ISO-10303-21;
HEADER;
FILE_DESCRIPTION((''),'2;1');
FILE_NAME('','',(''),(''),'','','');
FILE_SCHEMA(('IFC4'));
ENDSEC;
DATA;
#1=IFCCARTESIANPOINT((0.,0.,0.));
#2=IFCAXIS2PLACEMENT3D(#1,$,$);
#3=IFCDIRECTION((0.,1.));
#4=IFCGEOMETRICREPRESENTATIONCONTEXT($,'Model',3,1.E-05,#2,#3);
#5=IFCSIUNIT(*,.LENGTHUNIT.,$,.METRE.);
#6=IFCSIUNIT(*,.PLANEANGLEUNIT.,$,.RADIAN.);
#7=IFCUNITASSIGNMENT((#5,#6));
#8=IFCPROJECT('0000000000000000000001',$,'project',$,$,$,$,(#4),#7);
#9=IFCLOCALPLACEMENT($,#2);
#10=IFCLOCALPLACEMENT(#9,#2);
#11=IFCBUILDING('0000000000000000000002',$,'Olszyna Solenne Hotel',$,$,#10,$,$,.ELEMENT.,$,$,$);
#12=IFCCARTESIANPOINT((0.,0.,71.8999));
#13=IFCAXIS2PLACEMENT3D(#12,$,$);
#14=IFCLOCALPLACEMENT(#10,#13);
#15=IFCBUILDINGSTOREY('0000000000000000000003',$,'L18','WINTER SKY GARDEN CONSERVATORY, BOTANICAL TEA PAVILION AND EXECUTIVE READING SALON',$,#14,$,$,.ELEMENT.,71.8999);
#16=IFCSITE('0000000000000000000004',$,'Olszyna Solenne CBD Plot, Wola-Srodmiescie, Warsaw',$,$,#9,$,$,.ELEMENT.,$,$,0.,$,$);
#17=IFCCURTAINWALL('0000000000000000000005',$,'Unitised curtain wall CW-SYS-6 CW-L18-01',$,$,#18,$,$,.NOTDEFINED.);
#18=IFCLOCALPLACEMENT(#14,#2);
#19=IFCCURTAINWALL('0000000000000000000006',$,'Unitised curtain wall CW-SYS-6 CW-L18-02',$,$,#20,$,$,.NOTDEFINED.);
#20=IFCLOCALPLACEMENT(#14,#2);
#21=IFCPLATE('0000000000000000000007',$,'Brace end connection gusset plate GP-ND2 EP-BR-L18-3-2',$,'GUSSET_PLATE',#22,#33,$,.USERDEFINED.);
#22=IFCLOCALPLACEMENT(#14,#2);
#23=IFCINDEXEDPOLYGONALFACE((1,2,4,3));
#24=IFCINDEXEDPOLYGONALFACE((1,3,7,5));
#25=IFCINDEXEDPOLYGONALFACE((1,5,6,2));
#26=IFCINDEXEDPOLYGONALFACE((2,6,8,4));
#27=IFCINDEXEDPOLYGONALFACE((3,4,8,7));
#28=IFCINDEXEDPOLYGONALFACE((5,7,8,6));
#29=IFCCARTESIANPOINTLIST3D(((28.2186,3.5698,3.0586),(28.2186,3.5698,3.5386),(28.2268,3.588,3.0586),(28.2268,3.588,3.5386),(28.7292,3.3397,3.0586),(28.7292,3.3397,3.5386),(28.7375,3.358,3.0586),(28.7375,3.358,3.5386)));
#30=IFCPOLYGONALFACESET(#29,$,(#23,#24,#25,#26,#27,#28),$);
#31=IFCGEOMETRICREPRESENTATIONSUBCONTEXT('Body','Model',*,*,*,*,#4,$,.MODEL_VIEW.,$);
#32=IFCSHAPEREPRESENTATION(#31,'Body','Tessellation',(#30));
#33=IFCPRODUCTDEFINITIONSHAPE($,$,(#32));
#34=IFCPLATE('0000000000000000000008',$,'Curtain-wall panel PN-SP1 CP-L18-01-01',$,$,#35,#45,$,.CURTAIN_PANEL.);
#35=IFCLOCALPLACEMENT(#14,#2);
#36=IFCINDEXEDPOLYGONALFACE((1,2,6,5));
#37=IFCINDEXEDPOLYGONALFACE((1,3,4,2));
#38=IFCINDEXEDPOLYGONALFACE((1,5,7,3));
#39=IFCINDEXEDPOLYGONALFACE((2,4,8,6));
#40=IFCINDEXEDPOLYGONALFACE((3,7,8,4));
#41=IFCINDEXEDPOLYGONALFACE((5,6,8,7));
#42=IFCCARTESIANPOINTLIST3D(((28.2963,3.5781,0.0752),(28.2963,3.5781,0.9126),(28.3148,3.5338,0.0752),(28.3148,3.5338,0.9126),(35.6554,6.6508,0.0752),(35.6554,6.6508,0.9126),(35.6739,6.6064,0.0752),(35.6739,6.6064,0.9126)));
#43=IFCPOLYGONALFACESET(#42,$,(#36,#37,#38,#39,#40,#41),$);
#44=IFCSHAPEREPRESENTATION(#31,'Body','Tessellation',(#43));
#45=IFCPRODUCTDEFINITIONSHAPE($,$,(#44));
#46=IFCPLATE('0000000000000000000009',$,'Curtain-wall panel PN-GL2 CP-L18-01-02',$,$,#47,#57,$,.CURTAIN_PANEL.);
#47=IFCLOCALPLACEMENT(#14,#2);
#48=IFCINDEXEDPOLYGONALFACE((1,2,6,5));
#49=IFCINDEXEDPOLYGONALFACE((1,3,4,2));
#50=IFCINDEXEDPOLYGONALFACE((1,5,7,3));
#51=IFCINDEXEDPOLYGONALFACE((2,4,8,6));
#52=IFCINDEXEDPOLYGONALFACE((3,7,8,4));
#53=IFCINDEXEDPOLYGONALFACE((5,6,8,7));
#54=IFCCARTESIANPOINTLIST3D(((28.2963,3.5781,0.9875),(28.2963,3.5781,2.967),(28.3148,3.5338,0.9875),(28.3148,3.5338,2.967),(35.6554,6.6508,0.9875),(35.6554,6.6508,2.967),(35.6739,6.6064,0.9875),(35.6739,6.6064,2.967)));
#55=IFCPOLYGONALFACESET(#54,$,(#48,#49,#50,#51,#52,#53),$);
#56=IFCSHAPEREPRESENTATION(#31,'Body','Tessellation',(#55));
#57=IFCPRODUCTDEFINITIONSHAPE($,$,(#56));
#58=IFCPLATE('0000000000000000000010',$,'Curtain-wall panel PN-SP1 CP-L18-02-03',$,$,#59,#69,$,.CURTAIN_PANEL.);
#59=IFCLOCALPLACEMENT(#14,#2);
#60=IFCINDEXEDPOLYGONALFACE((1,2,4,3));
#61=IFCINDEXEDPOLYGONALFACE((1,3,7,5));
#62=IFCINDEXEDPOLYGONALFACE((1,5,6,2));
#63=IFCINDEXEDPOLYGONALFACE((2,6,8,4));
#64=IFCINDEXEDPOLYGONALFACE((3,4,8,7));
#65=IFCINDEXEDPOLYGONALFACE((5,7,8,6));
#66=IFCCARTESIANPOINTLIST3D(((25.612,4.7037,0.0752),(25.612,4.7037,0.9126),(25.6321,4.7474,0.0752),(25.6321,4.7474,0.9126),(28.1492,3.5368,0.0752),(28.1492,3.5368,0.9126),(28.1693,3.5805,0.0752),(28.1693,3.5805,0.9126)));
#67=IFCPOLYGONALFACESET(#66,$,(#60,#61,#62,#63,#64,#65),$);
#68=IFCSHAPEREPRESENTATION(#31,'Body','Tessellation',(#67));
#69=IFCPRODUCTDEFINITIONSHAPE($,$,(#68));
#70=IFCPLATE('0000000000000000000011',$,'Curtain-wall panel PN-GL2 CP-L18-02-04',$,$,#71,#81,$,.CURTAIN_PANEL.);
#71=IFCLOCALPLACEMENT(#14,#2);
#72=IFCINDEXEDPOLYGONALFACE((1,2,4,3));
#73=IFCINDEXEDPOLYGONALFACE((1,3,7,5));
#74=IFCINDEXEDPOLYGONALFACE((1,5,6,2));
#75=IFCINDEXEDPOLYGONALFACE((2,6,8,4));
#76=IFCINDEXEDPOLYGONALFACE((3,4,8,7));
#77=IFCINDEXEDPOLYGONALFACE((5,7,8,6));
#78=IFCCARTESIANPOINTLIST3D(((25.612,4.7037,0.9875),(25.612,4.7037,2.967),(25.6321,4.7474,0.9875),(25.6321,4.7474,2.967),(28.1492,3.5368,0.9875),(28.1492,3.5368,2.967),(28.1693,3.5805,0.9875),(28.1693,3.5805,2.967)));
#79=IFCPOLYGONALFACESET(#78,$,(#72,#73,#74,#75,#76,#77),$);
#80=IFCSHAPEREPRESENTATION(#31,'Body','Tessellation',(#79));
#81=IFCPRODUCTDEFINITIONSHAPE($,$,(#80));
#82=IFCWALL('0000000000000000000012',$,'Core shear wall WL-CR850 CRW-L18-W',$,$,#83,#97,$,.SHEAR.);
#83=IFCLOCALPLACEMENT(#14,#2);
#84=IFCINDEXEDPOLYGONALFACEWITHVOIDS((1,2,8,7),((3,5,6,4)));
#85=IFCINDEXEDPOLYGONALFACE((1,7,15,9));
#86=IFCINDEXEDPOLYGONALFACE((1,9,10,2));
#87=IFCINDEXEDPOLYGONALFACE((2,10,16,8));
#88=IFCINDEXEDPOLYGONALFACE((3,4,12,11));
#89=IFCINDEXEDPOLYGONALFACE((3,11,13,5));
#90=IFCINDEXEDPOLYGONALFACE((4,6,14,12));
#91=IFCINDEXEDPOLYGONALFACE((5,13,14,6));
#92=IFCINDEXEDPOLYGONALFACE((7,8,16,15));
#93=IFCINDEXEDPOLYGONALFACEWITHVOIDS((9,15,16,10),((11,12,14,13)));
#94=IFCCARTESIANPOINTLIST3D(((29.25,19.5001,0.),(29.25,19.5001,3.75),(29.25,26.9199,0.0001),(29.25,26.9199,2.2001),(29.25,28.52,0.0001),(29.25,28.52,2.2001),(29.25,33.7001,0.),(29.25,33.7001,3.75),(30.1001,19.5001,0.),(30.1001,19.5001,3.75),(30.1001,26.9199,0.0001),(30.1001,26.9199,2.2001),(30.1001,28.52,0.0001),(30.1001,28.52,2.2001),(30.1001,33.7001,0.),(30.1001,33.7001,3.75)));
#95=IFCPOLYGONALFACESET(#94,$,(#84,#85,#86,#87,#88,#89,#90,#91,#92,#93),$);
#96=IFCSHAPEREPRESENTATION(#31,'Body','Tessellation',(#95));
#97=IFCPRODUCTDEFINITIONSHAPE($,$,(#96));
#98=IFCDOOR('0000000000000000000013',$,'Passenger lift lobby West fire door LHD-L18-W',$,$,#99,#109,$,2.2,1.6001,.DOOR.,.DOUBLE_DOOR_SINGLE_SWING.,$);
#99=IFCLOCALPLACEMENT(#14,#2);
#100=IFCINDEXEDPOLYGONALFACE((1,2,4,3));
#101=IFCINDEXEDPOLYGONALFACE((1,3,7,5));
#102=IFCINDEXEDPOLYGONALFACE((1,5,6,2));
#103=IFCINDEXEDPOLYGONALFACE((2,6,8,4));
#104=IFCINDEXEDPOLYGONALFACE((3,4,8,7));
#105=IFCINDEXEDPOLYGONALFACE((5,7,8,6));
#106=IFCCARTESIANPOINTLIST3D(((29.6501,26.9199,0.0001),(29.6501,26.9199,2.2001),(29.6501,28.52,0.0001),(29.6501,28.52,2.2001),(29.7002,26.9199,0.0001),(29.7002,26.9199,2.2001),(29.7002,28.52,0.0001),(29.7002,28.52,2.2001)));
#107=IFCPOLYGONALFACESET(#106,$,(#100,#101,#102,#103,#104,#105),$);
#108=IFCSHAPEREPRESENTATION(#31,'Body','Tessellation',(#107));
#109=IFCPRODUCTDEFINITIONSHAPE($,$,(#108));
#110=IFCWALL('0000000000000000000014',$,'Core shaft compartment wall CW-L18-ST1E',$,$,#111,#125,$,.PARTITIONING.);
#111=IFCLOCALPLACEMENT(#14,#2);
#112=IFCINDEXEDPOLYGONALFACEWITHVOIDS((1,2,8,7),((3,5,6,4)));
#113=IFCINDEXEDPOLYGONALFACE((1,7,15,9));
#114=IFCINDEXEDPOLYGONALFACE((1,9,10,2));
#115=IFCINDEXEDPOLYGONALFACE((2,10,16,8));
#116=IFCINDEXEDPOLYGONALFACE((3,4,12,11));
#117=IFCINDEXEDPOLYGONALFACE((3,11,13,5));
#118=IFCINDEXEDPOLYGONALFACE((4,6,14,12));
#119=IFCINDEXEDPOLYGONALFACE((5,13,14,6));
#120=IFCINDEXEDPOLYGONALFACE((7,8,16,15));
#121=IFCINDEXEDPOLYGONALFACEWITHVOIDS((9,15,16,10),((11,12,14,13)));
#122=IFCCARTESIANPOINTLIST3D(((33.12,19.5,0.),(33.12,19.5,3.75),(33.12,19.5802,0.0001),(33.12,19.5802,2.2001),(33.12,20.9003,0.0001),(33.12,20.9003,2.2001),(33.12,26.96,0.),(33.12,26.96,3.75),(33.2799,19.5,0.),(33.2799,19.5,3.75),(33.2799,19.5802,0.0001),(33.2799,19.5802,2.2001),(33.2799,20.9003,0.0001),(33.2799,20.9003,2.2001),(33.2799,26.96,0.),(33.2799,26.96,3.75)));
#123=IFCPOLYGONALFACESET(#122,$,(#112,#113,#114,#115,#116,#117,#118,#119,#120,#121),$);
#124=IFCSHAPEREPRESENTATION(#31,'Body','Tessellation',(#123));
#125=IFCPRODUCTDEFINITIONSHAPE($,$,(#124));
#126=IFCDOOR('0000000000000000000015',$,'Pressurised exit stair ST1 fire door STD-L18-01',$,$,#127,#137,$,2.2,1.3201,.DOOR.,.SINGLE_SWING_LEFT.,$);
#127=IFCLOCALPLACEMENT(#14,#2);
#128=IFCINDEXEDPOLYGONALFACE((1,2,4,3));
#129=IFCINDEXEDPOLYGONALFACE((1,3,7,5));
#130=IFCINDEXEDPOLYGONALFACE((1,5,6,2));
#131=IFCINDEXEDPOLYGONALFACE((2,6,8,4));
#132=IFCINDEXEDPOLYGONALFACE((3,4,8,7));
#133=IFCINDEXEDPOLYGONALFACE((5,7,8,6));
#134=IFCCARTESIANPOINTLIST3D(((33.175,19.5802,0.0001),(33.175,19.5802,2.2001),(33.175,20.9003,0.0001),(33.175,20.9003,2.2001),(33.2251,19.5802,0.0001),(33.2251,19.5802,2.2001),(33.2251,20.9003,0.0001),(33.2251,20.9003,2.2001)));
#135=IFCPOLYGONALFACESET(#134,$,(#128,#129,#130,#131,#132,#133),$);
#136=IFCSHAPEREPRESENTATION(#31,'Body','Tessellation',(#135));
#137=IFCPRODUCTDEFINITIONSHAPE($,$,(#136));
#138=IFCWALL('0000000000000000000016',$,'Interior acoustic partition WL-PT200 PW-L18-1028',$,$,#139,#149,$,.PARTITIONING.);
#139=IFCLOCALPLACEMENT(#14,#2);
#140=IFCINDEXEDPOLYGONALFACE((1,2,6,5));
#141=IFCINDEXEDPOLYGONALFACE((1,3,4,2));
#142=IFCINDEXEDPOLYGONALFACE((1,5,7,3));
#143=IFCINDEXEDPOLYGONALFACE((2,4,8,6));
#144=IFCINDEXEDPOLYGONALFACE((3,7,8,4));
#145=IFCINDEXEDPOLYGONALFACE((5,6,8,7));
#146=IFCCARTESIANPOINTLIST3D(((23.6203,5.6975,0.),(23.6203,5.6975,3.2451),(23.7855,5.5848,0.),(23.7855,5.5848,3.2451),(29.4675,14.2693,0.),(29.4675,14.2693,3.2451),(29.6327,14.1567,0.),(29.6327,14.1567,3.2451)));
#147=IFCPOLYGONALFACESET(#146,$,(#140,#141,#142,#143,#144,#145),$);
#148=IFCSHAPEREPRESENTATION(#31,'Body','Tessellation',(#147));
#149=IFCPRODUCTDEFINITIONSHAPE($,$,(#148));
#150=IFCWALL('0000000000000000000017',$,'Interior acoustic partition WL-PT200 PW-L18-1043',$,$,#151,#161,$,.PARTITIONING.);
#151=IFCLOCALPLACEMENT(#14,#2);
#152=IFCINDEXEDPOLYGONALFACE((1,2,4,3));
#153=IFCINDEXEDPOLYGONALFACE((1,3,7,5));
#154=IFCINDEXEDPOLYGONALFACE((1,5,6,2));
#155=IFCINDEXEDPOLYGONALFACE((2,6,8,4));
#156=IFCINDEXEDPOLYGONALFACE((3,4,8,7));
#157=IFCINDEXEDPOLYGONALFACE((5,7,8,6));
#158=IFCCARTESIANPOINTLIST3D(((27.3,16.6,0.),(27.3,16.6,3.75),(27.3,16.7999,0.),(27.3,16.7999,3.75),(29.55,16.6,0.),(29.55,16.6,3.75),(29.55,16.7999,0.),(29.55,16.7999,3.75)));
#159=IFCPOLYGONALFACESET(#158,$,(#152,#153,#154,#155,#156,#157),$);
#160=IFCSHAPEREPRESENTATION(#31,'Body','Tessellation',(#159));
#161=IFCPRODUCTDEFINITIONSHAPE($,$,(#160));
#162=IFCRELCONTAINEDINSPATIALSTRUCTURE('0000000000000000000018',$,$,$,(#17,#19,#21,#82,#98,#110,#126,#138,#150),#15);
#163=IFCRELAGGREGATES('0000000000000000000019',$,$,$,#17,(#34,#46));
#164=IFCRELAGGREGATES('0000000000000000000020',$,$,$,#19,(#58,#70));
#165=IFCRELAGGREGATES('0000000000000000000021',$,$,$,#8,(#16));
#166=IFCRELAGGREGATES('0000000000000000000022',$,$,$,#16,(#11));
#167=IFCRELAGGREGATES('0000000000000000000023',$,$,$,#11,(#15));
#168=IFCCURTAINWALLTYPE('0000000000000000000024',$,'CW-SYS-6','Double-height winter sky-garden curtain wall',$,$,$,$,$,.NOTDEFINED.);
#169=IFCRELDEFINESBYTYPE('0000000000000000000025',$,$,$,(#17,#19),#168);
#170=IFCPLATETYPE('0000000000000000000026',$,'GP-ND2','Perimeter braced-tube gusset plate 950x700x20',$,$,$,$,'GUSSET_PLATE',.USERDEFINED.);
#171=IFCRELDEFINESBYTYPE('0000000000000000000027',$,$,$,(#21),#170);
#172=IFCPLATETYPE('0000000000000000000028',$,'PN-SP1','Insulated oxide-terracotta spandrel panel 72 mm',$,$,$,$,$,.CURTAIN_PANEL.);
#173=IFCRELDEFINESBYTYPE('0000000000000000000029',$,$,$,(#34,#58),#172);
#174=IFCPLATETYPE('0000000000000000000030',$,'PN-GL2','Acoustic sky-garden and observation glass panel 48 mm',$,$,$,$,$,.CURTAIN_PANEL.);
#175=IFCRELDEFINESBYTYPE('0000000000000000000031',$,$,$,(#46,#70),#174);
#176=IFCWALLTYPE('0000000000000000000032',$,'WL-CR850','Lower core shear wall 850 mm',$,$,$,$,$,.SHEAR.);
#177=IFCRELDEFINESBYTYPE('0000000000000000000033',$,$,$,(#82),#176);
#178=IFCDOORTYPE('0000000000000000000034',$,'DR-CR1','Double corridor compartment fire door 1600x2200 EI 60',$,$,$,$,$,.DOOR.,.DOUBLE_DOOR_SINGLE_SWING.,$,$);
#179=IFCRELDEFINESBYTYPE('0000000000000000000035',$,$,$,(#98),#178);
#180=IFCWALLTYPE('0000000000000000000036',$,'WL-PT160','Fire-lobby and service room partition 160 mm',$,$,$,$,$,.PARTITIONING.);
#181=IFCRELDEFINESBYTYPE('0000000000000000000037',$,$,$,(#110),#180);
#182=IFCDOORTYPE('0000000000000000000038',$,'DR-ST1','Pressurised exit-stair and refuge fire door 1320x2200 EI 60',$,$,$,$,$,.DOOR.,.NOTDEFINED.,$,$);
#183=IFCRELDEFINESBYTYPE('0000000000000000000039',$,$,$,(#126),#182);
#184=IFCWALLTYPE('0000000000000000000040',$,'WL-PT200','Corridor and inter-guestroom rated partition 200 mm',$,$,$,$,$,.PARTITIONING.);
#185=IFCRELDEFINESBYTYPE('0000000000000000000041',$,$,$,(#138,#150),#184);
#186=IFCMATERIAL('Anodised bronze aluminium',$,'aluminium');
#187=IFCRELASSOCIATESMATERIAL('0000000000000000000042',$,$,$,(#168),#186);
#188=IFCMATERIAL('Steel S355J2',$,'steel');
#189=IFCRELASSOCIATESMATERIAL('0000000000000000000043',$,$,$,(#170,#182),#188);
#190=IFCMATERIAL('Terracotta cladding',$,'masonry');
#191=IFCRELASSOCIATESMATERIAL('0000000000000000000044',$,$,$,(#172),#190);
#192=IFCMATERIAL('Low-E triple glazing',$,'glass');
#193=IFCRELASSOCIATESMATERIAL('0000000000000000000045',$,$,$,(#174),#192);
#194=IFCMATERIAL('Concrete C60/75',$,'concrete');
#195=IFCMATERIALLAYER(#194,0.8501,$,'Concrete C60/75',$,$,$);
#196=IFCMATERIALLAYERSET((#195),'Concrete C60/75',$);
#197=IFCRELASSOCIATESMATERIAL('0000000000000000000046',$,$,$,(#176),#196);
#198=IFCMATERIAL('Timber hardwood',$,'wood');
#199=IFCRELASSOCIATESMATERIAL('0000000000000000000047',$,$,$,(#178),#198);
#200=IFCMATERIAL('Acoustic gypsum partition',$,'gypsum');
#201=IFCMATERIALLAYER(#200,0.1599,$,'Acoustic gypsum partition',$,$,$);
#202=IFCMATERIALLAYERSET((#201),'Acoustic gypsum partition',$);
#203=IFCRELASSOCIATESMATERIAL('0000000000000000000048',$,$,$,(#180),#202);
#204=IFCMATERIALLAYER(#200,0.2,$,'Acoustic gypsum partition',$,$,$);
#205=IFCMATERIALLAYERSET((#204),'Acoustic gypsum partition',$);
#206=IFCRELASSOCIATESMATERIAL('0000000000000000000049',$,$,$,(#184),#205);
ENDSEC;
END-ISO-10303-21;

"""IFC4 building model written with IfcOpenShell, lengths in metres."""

from ifc_helpers import new_model, si_unit, direction, frame, frame_2d, origin, origin_2d, place, context, subcontext, project, spatial, rectangle, extrude, source, transform, mapped, material, layer, layer_set, type_object, type_shapes, element, fill, aggregate, save


model = new_model("IFC4")

# Units and contexts
model_context = context("Model", 3, precision=1e-05, world=origin(), true_north=direction((0.0, 1.0)))
body_context = subcontext(model_context, "Body", "Model", "MODEL_VIEW")
ifc_project = project(units=[si_unit("LENGTHUNIT", "METRE"), si_unit("PLANEANGLEUNIT", "RADIAN")], contexts=[model_context])

# Site, building, storey
site_placement = place(None, origin())
site = spatial("IfcSite", under=ifc_project, at=site_placement, Name="Olszyna Solenne CBD Plot, Wola-Srodmiescie, Warsaw", CompositionType="ELEMENT", RefElevation=0.0)
building_placement = place(site_placement, origin())
building = spatial("IfcBuilding", under=site, at=building_placement, Name="Olszyna Solenne Hotel", CompositionType="ELEMENT")
storey_placement = place(building_placement, frame((0.0, 0.0, 71.8999)))
storey = spatial("IfcBuildingStorey", under=building, at=storey_placement, Name="L18", Description="WINTER SKY GARDEN CONSERVATORY, BOTANICAL TEA PAVILION AND EXECUTIVE READING SALON", CompositionType="ELEMENT", Elevation=71.8999)

# Shared definitions
ifc_material_1 = material(Name="Steel S355J2", Category="steel")

# Curtain walls
ifc_material_2 = material(Name="Anodised bronze aluminium", Category="aluminium")
curtain_wall_type = type_object("IfcCurtainWallType", Name="CW-SYS-6", Description="Double-height winter sky-garden curtain wall", PredefinedType="NOTDEFINED", material=ifc_material_2)
curtain_wall_1_placement = place(storey_placement, origin())
curtain_wall_1 = element("IfcCurtainWall", 1, at=curtain_wall_1_placement, inside=storey, type_object=curtain_wall_type, Name="Unitised curtain wall CW-SYS-6 CW-L18-01", PredefinedType="NOTDEFINED")
curtain_wall_2_placement = place(storey_placement, origin())
curtain_wall_2 = element("IfcCurtainWall", 2, at=curtain_wall_2_placement, inside=storey, type_object=curtain_wall_type, Name="Unitised curtain wall CW-SYS-6 CW-L18-02", PredefinedType="NOTDEFINED")

# Plates
plate_type_1 = type_object("IfcPlateType", Name="GP-ND2", Description="Perimeter braced-tube gusset plate 950x700x20", ElementType="GUSSET_PLATE", PredefinedType="USERDEFINED", material=ifc_material_1)
shared_shape_1 = source(origin(), body_context, "Body", "SweptSolid", [
    extrude(rectangle(XDim=0.5601, YDim=0.02, at=origin_2d()), origin(), (0.0, 0.0, 1.0), 0.48),
])
plate_1_placement = place(storey_placement, frame((28.478, 3.4639, 3.0586), z_axis=(0.0, 0.0, 1.0), x_axis=(0.911762, -0.410719, 0.0)))
element("IfcPlate", 3, at=plate_1_placement, inside=storey, type_object=plate_type_1, Name="Brace end connection gusset plate GP-ND2 EP-BR-L18-3-2", ObjectType="GUSSET_PLATE", PredefinedType="USERDEFINED", context=body_context, shape_type="MappedRepresentation", body=[
    mapped(shared_shape_1, transform((0.0, 0.0, 0.0), x_axis=(1.0, 0.0, 0.0), y_axis=(0.0, 1.0, 0.0), z_axis=(0.0, 0.0, 1.0), scale=1.0)),
])
ifc_material_3 = material(Name="Terracotta cladding", Category="masonry")
plate_type_2 = type_object("IfcPlateType", Name="PN-SP1", Description="Insulated oxide-terracotta spandrel panel 72 mm", PredefinedType="CURTAIN_PANEL", material=ifc_material_3)
shared_shape_2 = source(origin(), body_context, "Body", "SweptSolid", [
    extrude(rectangle(XDim=7.9749, YDim=0.0481, at=origin_2d()), origin(), (0.0, 0.0, 1.0), 0.8374),
])
plate_2_placement = place(storey_placement, frame((31.9851, 5.0923, 0.0752), z_axis=(0.0, 0.0, 1.0), x_axis=(0.922793, 0.385296, 0.0)))
plate_2 = element("IfcPlate", 4, at=plate_2_placement, type_object=plate_type_2, Name="Curtain-wall panel PN-SP1 CP-L18-01-01", PredefinedType="CURTAIN_PANEL", context=body_context, shape_type="MappedRepresentation", body=[
    mapped(shared_shape_2, transform((0.0, 0.0, 0.0), x_axis=(1.0, 0.0, 0.0), y_axis=(0.0, 1.0, 0.0), z_axis=(0.0, 0.0, 1.0), scale=1.0)),
])
ifc_material_4 = material(Name="Low-E triple glazing", Category="glass")
plate_type_3 = type_object("IfcPlateType", Name="PN-GL2", Description="Acoustic sky-garden and observation glass panel 48 mm", PredefinedType="CURTAIN_PANEL", material=ifc_material_4)
shared_shape_3 = source(origin(), body_context, "Body", "SweptSolid", [
    extrude(rectangle(XDim=7.9749, YDim=0.0481, at=origin_2d()), origin(), (0.0, 0.0, 1.0), 1.9795),
])
plate_3_placement = place(storey_placement, frame((31.9851, 5.0923, 0.9875), z_axis=(0.0, 0.0, 1.0), x_axis=(0.922793, 0.385296, 0.0)))
plate_3 = element("IfcPlate", 5, at=plate_3_placement, type_object=plate_type_3, Name="Curtain-wall panel PN-GL2 CP-L18-01-02", PredefinedType="CURTAIN_PANEL", context=body_context, shape_type="MappedRepresentation", body=[
    mapped(shared_shape_3, transform((0.0, 0.0, 0.0), x_axis=(1.0, 0.0, 0.0), y_axis=(0.0, 1.0, 0.0), z_axis=(0.0, 0.0, 1.0), scale=1.0)),
])
aggregate(curtain_wall_1, [plate_2, plate_3])
shared_shape_4 = source(origin(), body_context, "Body", "SweptSolid", [
    extrude(rectangle(XDim=2.7927, YDim=0.0481, at=origin_2d()), origin(), (0.0, 0.0, 1.0), 0.8374),
])
plate_4_placement = place(storey_placement, frame((26.8906, 4.1421, 0.0752), z_axis=(0.0, 0.0, 1.0), x_axis=(0.908517, -0.417848, 0.0)))
plate_4 = element("IfcPlate", 6, at=plate_4_placement, type_object=plate_type_2, Name="Curtain-wall panel PN-SP1 CP-L18-02-03", PredefinedType="CURTAIN_PANEL", context=body_context, shape_type="MappedRepresentation", body=[
    mapped(shared_shape_4, transform((0.0, 0.0, 0.0), x_axis=(1.0, 0.0, 0.0), y_axis=(0.0, 1.0, 0.0), z_axis=(0.0, 0.0, 1.0), scale=1.0)),
])
shared_shape_5 = source(origin(), body_context, "Body", "SweptSolid", [
    extrude(rectangle(XDim=2.7927, YDim=0.0481, at=origin_2d()), origin(), (0.0, 0.0, 1.0), 1.9795),
])
plate_5_placement = place(storey_placement, frame((26.8906, 4.1421, 0.9875), z_axis=(0.0, 0.0, 1.0), x_axis=(0.908517, -0.417848, 0.0)))
plate_5 = element("IfcPlate", 7, at=plate_5_placement, type_object=plate_type_3, Name="Curtain-wall panel PN-GL2 CP-L18-02-04", PredefinedType="CURTAIN_PANEL", context=body_context, shape_type="MappedRepresentation", body=[
    mapped(shared_shape_5, transform((0.0, 0.0, 0.0), x_axis=(1.0, 0.0, 0.0), y_axis=(0.0, 1.0, 0.0), z_axis=(0.0, 0.0, 1.0), scale=1.0)),
])
aggregate(curtain_wall_2, [plate_4, plate_5])

# Walls, openings, doors
ifc_material_5 = material(Name="Concrete C60/75", Category="concrete")
ifc_layer_1 = layer(ifc_material_5, 0.8501, Name="Concrete C60/75")
ifc_layer_set_1 = layer_set([ifc_layer_1], Name="Concrete C60/75")
wall_type_1 = type_object("IfcWallType", Name="WL-CR850", Description="Lower core shear wall 850 mm", PredefinedType="SHEAR", material=ifc_layer_set_1)
wall_1_placement = place(storey_placement, frame((29.675, 19.5, 0.0), z_axis=(0.0, 0.0, 1.0), x_axis=(0.0, 1.0, 0.0)))
wall_1 = element("IfcWall", 8, at=wall_1_placement, inside=storey, type_object=wall_type_1, Name="Core shear wall WL-CR850 CRW-L18-W", PredefinedType="SHEAR", context=body_context, shape_type="SweptSolid", body=[
    extrude(rectangle(XDim=14.2, YDim=0.8501, at=frame_2d((7.1001, 0.0))), origin(), (0.0, 0.0, 1.0), 3.75),
])
opening_1_placement = place(wall_1_placement, frame((7.4199, 0.0, 0.0)))
opening_1 = element("IfcOpeningElement", 9, at=opening_1_placement, cuts=wall_1, PredefinedType="OPENING", context=body_context, shape_type="SweptSolid", body=[
    extrude(rectangle(XDim=1.6001, YDim=2.2, at=frame_2d((0.8, 1.1001))), frame((0.0, 0.4351, 0.0), z_axis=(0.0, -1.0, 0.0), x_axis=(1.0, 0.0, 0.0)), (0.0, 0.0, 1.0), 0.8701),
])
ifc_material_6 = material(Name="Timber hardwood", Category="wood")
door_type_1 = type_object("IfcDoorType", Name="DR-CR1", Description="Double corridor compartment fire door 1600x2200 EI 60", OperationType="DOUBLE_DOOR_SINGLE_SWING", PredefinedType="DOOR", material=ifc_material_6)
shared_shape_6 = source(origin(), body_context, "Body", "SweptSolid", [
    extrude(rectangle(XDim=1.6001, YDim=2.2, at=frame_2d((0.8, 1.1001))), frame((0.0, 0.0249, 0.0), z_axis=(0.0, -1.0, 0.0), x_axis=(1.0, 0.0, 0.0)), (0.0, 0.0, 1.0), 0.05),
])
type_shapes(door_type_1, [shared_shape_6])
door_1_placement = place(opening_1_placement, origin())
door_1 = element("IfcDoor", 10, at=door_1_placement, inside=storey, type_object=door_type_1, Name="Passenger lift lobby West fire door LHD-L18-W", OperationType="DOUBLE_DOOR_SINGLE_SWING", OverallHeight=2.2, OverallWidth=1.6001, PredefinedType="DOOR", context=body_context, shape_type="MappedRepresentation", body=[
    mapped(shared_shape_6, transform((0.0, 0.0, 0.0), x_axis=(1.0, 0.0, 0.0), y_axis=(0.0, 1.0, 0.0), z_axis=(0.0, 0.0, 1.0), scale=1.0)),
])
fill(opening_1, door_1)
ifc_material_7 = material(Name="Acoustic gypsum partition", Category="gypsum")
ifc_layer_2 = layer(ifc_material_7, 0.1599, Name="Acoustic gypsum partition")
ifc_layer_set_2 = layer_set([ifc_layer_2], Name="Acoustic gypsum partition")
wall_type_2 = type_object("IfcWallType", Name="WL-PT160", Description="Fire-lobby and service room partition 160 mm", PredefinedType="PARTITIONING", material=ifc_layer_set_2)
wall_2_placement = place(storey_placement, frame((33.2, 19.5, 0.0), z_axis=(0.0, 0.0, 1.0), x_axis=(0.0, 1.0, 0.0)))
wall_2 = element("IfcWall", 11, at=wall_2_placement, inside=storey, type_object=wall_type_2, Name="Core shaft compartment wall CW-L18-ST1E", PredefinedType="PARTITIONING", context=body_context, shape_type="SweptSolid", body=[
    extrude(rectangle(XDim=7.46, YDim=0.1599, at=frame_2d((3.73, 0.0))), origin(), (0.0, 0.0, 1.0), 3.75),
])
opening_2_placement = place(wall_2_placement, frame((0.0801, 0.0, 0.0)))
opening_2 = element("IfcOpeningElement", 12, at=opening_2_placement, cuts=wall_2, PredefinedType="OPENING", context=body_context, shape_type="SweptSolid", body=[
    extrude(rectangle(XDim=1.3201, YDim=2.2, at=frame_2d((0.6602, 1.1001))), frame((0.0, 0.0898, 0.0), z_axis=(0.0, -1.0, 0.0), x_axis=(1.0, 0.0, 0.0)), (0.0, 0.0, 1.0), 0.1799),
])
door_type_2 = type_object("IfcDoorType", Name="DR-ST1", Description="Pressurised exit-stair and refuge fire door 1320x2200 EI 60", OperationType="NOTDEFINED", PredefinedType="DOOR", material=ifc_material_1)
shared_shape_7 = source(origin(), body_context, "Body", "SweptSolid", [
    extrude(rectangle(XDim=1.3201, YDim=2.2, at=frame_2d((0.6602, 1.1001))), frame((0.0, 0.0249, 0.0), z_axis=(0.0, -1.0, 0.0), x_axis=(1.0, 0.0, 0.0)), (0.0, 0.0, 1.0), 0.05),
])
type_shapes(door_type_2, [shared_shape_7])
door_2_placement = place(opening_2_placement, origin())
door_2 = element("IfcDoor", 13, at=door_2_placement, inside=storey, type_object=door_type_2, Name="Pressurised exit stair ST1 fire door STD-L18-01", OperationType="SINGLE_SWING_LEFT", OverallHeight=2.2, OverallWidth=1.3201, PredefinedType="DOOR", context=body_context, shape_type="MappedRepresentation", body=[
    mapped(shared_shape_7, transform((0.0, 0.0, 0.0), x_axis=(1.0, 0.0, 0.0), y_axis=(0.0, 1.0, 0.0), z_axis=(0.0, 0.0, 1.0), scale=1.0)),
])
fill(opening_2, door_2)

# Walls
ifc_layer_3 = layer(ifc_material_7, 0.2, Name="Acoustic gypsum partition")
ifc_layer_set_3 = layer_set([ifc_layer_3], Name="Acoustic gypsum partition")
wall_type_3 = type_object("IfcWallType", Name="WL-PT200", Description="Corridor and inter-guestroom rated partition 200 mm", PredefinedType="PARTITIONING", material=ifc_layer_set_3)
wall_3_placement = place(storey_placement, frame((29.55, 14.2129, 0.0), z_axis=(0.0, 0.0, 1.0), x_axis=(-0.563519, -0.826103, 0.0)))
element("IfcWall", 14, at=wall_3_placement, inside=storey, type_object=wall_type_3, Name="Interior acoustic partition WL-PT200 PW-L18-1028", PredefinedType="PARTITIONING", context=body_context, shape_type="SweptSolid", body=[
    extrude(rectangle(XDim=10.3762, YDim=0.2, at=frame_2d((5.188, 0.0))), origin(), (0.0, 0.0, 1.0), 3.2451),
])
wall_4_placement = place(storey_placement, frame((27.3, 16.7, 0.0), z_axis=(0.0, 0.0, 1.0), x_axis=(1.0, 0.0, 0.0)))
element("IfcWall", 15, at=wall_4_placement, inside=storey, type_object=wall_type_3, Name="Interior acoustic partition WL-PT200 PW-L18-1043", PredefinedType="PARTITIONING", context=body_context, shape_type="SweptSolid", body=[
    extrude(rectangle(XDim=2.25, YDim=0.2, at=frame_2d((1.125, 0.0))), origin(), (0.0, 0.0, 1.0), 3.75),
])

save(model, "model.ifc")
